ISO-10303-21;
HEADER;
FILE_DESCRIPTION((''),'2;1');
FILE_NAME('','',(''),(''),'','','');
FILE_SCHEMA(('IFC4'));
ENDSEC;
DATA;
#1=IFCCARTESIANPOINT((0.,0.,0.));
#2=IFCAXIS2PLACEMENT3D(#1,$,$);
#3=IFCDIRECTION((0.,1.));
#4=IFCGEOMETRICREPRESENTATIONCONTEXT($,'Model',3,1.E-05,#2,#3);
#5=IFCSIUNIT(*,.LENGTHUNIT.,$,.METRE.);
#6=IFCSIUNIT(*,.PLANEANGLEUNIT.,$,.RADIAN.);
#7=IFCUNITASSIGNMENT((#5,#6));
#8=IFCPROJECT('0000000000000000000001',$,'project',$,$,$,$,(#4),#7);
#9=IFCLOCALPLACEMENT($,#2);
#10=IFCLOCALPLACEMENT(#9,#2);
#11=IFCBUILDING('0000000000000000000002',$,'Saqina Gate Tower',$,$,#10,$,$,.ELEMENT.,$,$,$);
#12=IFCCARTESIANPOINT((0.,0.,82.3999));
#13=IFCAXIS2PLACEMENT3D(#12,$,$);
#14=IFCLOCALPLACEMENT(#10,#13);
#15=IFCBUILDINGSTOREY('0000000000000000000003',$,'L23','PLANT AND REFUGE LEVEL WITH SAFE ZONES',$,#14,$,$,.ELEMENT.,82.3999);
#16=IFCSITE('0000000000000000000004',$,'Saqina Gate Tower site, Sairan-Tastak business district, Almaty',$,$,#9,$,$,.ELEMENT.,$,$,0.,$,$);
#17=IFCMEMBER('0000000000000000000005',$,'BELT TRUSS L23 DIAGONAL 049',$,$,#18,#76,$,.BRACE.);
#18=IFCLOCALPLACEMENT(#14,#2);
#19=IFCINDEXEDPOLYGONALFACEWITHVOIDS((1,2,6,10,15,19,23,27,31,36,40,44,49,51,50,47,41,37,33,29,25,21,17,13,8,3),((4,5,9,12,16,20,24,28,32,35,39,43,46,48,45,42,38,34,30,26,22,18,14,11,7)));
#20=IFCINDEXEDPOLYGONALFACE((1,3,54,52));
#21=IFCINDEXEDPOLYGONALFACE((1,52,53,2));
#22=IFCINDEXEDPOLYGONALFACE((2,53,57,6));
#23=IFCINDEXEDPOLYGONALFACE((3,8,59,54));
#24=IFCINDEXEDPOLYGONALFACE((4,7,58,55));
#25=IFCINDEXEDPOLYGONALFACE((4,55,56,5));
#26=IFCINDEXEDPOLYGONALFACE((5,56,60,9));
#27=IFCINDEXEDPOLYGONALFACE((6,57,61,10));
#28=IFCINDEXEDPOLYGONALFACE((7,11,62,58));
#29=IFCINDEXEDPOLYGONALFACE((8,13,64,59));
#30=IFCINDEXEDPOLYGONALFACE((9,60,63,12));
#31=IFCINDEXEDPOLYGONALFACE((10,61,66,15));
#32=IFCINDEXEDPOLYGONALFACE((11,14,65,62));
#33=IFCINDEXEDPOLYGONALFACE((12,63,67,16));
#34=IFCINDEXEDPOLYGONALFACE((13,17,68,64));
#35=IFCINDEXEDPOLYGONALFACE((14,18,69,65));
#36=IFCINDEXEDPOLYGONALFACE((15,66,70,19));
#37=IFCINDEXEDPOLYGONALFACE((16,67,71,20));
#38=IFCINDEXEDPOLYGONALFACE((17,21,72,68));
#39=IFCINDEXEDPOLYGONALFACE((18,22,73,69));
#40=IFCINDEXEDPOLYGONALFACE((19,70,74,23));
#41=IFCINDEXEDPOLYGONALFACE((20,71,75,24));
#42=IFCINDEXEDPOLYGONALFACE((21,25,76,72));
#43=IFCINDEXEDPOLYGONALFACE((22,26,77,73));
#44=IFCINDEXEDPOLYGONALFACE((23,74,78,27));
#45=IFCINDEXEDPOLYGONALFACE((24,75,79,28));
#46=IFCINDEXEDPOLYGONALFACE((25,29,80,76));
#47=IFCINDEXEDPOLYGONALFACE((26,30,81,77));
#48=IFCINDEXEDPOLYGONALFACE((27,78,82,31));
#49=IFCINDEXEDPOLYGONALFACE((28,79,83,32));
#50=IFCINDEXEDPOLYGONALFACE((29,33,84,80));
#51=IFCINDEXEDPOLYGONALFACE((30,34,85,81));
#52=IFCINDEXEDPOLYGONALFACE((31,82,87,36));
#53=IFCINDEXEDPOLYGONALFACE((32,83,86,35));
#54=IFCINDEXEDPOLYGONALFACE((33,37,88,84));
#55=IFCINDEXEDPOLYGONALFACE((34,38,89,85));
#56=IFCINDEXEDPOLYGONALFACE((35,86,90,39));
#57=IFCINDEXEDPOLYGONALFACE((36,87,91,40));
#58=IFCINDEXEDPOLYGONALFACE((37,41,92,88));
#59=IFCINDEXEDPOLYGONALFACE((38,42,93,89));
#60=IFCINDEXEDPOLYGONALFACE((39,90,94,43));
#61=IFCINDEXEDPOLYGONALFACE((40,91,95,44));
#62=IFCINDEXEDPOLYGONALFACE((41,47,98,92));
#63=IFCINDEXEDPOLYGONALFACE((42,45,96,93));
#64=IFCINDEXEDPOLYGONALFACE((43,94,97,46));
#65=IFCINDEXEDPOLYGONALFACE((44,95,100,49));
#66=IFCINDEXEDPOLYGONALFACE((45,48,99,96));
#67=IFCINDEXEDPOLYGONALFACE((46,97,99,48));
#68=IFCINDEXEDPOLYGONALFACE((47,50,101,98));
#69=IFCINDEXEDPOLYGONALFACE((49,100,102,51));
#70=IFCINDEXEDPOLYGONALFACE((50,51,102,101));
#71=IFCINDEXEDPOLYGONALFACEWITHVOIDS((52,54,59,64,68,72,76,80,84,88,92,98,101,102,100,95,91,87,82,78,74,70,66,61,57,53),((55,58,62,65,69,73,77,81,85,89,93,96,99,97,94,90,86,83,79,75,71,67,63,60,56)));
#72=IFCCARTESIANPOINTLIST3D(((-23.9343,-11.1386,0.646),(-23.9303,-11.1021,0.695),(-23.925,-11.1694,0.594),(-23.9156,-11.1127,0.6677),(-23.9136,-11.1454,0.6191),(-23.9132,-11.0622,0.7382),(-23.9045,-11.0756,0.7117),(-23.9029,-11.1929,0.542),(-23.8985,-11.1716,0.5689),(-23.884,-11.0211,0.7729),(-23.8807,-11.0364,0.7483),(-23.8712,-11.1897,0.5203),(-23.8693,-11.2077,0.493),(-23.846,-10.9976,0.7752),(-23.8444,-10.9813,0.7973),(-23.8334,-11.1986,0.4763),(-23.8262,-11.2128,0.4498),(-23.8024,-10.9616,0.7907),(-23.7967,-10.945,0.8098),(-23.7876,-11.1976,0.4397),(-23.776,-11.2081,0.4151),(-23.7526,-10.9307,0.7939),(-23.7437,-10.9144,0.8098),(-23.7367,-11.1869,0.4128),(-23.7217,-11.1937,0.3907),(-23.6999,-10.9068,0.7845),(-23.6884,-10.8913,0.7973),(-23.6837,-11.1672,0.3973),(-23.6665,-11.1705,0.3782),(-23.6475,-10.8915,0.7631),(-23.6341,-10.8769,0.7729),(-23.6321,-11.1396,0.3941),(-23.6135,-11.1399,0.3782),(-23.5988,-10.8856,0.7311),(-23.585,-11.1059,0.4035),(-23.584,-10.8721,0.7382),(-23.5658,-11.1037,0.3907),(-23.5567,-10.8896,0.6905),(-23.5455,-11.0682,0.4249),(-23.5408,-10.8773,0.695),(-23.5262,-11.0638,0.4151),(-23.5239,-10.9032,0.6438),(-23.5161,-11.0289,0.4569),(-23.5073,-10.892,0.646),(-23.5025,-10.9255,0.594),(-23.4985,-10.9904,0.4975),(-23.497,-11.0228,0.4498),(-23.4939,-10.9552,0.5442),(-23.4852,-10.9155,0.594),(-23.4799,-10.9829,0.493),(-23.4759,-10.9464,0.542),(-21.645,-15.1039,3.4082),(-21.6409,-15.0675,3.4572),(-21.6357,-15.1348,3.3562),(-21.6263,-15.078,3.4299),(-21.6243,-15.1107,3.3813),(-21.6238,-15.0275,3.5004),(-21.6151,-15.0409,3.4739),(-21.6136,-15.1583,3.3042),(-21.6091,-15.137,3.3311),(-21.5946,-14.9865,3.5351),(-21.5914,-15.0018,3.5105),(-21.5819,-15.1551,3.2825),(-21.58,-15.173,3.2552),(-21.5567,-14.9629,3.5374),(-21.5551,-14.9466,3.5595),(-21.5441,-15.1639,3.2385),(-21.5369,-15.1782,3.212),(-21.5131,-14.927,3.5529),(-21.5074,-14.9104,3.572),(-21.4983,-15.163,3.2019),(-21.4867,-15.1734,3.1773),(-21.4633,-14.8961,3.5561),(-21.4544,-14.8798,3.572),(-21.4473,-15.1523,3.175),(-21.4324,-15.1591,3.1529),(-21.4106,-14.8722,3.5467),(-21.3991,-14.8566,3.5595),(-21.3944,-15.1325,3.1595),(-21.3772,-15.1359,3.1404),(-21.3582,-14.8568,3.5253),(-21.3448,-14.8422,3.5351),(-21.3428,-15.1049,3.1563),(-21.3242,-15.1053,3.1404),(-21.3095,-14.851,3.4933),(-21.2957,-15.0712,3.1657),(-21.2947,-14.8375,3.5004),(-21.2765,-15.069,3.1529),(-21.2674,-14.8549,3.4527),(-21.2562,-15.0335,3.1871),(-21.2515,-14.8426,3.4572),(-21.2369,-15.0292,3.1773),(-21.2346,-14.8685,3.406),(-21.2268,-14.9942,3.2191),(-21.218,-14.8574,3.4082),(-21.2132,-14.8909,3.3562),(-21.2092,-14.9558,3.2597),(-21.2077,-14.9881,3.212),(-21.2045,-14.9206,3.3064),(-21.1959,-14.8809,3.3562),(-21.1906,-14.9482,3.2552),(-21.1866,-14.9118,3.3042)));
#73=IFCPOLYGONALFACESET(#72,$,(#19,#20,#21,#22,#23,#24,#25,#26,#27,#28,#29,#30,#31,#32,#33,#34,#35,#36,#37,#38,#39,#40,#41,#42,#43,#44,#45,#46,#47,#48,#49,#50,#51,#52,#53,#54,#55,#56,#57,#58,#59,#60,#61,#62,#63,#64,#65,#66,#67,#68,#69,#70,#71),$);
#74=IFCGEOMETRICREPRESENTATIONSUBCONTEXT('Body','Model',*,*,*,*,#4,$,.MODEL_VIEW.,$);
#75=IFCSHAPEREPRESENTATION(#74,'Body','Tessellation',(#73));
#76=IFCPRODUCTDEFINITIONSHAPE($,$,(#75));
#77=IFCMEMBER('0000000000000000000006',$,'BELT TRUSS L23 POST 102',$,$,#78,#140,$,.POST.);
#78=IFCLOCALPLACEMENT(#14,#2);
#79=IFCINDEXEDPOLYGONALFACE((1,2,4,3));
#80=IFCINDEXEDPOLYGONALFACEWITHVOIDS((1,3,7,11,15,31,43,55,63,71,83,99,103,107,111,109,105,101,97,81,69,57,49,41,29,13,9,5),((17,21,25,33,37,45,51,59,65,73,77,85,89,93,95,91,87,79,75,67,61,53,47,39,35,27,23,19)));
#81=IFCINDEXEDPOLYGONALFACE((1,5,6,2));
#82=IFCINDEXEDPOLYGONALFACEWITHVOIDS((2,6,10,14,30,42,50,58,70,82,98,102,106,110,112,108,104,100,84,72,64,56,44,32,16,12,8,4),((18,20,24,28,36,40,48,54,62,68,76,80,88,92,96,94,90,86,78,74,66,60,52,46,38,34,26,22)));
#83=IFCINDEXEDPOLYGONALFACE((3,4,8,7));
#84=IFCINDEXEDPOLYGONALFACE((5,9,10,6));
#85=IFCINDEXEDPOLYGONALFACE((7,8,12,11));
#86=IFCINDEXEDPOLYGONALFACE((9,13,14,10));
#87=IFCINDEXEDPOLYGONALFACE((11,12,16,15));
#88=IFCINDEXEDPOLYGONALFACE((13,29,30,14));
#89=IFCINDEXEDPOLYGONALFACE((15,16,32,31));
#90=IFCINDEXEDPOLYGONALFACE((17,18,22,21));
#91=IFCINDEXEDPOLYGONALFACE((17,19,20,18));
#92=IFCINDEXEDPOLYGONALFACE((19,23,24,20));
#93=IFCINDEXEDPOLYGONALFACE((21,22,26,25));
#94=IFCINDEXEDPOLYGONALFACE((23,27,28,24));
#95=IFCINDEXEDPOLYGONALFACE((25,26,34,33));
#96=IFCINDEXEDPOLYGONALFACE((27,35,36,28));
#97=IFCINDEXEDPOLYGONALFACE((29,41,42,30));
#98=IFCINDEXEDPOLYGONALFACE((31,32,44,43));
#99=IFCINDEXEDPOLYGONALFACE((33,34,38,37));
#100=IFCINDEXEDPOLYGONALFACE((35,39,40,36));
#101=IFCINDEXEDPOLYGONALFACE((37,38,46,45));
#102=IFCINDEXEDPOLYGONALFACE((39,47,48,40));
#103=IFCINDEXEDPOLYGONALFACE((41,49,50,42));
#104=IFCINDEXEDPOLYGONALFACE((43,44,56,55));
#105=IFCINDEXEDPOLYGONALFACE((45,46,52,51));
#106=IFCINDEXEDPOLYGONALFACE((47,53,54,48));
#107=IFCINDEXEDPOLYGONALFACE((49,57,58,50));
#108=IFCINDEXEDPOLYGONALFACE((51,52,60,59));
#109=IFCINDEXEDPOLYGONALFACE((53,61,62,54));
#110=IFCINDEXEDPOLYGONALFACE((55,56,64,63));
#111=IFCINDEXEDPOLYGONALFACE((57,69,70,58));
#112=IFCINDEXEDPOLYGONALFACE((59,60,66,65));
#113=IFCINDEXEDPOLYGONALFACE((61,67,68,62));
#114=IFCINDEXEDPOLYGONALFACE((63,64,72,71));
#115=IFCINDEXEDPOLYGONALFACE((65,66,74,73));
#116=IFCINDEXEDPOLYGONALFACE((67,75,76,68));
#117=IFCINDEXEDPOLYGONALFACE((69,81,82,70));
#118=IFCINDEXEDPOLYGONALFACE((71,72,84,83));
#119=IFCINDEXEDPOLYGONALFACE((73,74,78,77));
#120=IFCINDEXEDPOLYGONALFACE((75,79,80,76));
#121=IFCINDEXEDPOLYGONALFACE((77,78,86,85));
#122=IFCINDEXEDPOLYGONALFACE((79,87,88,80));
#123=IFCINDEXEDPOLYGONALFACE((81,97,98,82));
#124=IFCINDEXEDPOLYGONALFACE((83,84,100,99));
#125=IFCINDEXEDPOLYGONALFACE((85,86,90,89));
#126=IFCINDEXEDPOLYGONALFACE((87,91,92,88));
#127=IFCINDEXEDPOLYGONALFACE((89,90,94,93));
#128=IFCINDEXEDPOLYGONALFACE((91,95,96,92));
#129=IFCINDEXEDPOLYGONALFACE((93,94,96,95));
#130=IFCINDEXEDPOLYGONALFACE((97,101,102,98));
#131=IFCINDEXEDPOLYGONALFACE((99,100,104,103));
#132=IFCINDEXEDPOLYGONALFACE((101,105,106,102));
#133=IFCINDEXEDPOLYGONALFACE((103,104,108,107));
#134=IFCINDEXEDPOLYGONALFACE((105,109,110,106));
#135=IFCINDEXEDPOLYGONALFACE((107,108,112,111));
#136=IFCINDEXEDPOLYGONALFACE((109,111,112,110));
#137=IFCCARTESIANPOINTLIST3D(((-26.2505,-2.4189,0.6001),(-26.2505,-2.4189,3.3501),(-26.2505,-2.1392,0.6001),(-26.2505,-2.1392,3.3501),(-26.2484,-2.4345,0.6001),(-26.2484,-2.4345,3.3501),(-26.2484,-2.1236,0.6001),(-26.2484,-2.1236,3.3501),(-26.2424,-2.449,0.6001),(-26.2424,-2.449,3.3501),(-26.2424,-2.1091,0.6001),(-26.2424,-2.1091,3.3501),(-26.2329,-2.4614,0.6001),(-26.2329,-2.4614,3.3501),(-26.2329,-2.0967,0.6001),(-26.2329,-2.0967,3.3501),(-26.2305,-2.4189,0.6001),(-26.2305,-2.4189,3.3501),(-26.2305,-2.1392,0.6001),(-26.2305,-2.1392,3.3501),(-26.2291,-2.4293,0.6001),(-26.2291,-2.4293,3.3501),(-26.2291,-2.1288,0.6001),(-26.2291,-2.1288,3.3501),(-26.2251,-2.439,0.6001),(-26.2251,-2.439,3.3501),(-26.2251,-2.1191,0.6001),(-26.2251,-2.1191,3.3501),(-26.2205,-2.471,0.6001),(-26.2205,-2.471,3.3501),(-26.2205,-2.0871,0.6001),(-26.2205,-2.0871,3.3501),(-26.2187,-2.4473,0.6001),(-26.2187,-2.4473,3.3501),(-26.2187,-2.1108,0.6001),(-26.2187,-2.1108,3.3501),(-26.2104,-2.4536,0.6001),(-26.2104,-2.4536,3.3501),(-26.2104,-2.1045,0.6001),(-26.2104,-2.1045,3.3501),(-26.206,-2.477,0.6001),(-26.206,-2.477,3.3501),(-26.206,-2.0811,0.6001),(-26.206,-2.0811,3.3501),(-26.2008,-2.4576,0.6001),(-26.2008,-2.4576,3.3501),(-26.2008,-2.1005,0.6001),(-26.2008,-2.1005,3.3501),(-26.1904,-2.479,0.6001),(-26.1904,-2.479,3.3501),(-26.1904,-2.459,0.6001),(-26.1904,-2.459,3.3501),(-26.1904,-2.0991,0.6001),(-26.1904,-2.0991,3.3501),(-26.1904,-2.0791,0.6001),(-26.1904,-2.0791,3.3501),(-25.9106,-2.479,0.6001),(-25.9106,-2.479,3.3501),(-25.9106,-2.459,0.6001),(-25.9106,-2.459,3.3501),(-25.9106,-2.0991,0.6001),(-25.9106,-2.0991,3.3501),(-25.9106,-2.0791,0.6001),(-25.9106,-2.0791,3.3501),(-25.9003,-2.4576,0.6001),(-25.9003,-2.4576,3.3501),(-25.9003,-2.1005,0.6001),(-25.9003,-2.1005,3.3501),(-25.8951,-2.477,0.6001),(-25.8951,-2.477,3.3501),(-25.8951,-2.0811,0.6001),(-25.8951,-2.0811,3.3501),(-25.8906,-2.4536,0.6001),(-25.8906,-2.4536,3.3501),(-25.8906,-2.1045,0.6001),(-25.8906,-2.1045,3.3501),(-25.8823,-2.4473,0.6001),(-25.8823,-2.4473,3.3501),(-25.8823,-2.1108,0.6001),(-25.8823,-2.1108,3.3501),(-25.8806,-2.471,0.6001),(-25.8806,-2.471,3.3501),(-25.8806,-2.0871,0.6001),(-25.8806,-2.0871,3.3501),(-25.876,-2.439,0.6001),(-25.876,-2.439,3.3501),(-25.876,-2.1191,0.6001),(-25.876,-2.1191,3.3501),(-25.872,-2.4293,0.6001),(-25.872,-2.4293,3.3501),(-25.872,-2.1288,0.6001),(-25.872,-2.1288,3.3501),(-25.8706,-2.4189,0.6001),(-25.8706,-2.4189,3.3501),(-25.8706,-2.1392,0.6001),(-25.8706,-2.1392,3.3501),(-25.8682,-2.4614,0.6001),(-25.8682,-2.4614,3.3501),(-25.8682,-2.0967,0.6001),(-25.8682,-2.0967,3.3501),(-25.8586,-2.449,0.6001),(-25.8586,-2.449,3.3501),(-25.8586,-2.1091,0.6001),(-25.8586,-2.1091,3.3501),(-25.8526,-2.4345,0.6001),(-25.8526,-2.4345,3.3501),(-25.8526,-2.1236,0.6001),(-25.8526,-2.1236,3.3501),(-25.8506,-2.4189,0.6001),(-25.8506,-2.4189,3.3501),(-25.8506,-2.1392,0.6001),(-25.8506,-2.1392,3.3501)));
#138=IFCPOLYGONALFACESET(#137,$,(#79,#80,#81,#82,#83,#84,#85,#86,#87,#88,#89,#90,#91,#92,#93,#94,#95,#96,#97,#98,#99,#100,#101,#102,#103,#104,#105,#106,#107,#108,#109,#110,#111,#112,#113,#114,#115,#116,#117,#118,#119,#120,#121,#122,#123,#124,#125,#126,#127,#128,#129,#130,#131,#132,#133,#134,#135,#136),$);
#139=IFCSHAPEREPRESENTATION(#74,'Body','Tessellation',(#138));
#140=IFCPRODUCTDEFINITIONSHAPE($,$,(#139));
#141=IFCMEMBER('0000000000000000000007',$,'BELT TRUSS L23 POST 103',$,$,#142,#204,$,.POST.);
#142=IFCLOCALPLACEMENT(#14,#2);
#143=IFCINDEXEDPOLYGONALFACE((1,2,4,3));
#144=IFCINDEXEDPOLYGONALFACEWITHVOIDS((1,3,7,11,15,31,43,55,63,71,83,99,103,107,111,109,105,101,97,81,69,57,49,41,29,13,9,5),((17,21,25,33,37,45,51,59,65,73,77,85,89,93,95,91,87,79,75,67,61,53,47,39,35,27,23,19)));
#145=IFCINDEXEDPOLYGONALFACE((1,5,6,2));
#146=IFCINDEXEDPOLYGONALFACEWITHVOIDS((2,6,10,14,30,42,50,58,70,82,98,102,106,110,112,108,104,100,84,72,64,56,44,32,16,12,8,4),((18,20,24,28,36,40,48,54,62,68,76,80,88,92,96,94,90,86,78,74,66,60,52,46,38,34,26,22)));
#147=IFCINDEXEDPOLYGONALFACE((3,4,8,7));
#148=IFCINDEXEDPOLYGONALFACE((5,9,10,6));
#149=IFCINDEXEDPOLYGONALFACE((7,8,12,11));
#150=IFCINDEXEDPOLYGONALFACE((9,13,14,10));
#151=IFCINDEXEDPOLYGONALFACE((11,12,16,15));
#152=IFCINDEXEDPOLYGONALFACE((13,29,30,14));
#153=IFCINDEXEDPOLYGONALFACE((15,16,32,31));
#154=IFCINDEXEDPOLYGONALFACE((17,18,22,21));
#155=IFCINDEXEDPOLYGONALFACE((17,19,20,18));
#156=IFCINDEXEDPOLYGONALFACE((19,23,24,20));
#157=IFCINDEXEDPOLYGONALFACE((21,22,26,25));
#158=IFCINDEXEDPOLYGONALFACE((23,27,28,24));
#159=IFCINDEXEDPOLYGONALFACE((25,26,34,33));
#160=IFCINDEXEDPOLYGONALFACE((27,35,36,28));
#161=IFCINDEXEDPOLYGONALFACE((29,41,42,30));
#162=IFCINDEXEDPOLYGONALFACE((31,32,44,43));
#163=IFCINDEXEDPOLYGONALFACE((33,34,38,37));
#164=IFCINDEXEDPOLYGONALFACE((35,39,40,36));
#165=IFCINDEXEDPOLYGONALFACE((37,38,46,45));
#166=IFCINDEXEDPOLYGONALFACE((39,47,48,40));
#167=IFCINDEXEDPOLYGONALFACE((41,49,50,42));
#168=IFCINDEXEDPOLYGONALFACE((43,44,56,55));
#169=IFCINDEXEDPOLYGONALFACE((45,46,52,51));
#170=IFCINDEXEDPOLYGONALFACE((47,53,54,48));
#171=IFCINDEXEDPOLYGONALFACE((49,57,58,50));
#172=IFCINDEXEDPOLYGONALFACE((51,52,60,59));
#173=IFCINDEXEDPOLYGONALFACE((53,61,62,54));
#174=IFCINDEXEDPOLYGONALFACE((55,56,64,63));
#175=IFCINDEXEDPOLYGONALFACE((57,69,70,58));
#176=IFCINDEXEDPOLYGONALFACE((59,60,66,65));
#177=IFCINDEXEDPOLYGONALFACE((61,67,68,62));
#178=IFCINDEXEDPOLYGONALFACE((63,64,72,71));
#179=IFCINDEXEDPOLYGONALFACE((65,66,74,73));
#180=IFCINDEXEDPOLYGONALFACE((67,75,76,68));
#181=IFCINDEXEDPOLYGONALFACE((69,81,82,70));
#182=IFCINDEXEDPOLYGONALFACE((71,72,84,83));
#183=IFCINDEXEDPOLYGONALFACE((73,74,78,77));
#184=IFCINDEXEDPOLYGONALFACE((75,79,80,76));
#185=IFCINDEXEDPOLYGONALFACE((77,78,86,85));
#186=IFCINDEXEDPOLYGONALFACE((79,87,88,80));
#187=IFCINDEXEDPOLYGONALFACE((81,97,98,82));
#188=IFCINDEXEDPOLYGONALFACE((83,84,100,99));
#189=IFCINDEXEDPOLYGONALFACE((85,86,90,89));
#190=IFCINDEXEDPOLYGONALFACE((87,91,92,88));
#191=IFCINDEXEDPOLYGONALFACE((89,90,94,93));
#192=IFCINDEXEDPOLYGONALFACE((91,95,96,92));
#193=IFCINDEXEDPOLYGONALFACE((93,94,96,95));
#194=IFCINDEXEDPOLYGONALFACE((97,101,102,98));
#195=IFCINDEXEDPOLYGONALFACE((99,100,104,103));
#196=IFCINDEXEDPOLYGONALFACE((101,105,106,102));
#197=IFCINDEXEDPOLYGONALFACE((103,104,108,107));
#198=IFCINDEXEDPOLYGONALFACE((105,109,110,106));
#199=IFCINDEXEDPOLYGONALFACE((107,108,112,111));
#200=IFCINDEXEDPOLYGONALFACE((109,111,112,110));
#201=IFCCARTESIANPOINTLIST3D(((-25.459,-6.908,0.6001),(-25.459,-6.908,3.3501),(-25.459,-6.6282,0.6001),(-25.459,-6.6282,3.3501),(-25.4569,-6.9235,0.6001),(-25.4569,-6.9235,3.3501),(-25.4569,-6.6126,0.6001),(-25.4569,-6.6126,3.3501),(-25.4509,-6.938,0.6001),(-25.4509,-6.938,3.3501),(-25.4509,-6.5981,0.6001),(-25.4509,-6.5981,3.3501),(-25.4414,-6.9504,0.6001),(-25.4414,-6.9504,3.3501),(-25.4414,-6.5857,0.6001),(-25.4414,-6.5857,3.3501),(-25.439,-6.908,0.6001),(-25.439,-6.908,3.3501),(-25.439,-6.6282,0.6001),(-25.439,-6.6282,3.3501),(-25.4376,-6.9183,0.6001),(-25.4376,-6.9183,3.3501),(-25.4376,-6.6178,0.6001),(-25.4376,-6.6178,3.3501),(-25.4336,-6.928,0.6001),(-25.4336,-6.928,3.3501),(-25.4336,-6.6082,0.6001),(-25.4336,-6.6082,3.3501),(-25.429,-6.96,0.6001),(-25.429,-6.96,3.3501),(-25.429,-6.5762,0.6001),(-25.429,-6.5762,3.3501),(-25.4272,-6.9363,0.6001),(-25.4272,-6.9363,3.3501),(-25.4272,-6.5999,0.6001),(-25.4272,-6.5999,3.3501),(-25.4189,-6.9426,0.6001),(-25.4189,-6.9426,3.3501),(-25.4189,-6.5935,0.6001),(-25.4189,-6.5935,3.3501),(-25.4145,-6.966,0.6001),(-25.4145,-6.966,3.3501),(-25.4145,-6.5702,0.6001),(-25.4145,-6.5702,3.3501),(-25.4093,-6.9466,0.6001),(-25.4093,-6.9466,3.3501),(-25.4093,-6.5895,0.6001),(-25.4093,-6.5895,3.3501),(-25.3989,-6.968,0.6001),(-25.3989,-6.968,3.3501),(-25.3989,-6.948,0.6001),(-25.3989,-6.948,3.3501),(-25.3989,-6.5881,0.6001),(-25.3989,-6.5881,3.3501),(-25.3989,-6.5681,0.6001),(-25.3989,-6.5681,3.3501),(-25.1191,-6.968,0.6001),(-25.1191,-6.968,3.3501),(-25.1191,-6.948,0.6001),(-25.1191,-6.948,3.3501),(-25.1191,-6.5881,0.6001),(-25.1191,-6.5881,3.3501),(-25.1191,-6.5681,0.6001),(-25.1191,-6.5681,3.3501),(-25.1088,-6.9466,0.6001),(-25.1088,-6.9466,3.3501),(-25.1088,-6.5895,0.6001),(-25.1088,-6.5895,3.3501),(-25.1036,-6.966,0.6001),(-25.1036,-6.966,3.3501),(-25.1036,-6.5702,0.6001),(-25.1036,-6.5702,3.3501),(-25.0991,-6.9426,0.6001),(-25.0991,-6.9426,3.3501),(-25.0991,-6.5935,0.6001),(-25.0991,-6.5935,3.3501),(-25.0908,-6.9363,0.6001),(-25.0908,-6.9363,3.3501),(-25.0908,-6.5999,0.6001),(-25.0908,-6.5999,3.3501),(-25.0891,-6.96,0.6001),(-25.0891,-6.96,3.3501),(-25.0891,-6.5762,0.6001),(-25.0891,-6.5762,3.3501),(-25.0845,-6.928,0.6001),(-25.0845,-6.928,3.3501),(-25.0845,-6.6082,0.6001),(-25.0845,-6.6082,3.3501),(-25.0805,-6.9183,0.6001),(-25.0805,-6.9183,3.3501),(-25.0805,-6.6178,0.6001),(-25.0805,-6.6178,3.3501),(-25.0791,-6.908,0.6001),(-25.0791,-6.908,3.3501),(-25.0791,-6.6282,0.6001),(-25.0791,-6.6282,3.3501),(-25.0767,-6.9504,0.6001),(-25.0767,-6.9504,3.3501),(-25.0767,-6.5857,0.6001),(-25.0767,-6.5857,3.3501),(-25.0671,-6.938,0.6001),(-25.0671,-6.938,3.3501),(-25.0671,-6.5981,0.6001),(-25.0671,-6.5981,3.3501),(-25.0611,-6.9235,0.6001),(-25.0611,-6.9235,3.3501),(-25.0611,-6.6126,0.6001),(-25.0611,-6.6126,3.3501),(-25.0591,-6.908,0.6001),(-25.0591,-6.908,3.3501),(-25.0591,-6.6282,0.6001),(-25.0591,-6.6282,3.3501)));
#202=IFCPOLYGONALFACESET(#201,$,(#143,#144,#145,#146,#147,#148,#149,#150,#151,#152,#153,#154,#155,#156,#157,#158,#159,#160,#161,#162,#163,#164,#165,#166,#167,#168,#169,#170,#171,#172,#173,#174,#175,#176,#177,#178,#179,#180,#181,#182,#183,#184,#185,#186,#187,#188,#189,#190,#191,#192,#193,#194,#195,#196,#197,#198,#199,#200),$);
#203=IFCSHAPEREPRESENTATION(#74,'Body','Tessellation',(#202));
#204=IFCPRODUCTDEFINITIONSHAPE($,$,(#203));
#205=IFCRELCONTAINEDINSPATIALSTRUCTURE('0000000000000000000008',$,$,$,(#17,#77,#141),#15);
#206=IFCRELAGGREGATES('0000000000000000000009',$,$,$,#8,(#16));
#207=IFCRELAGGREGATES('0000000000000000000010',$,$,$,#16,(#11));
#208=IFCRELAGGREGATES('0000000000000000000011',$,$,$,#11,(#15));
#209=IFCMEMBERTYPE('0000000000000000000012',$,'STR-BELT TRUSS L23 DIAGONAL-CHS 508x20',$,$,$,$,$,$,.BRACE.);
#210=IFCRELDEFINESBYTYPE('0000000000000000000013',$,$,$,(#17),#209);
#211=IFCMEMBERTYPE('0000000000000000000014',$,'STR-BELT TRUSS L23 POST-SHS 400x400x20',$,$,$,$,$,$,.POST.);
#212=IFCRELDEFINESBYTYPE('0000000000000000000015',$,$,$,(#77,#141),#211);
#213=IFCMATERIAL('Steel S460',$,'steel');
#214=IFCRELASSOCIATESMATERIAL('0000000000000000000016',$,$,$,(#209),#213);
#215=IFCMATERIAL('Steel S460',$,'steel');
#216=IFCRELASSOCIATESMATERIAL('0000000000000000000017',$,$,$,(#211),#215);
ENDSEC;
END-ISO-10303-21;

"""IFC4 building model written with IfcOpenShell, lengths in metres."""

from ifc_helpers import new_model, si_unit, direction, frame, origin, origin_2d, place, context, subcontext, project, spatial, hollow_rectangle, hollow_circle, extrude, material, material_profile, profile_set, type_object, element, save


model = new_model("IFC4")

# Units and contexts
model_context = context("Model", 3, precision=1e-05, world=origin(), true_north=direction((0.0, 1.0)))
body_context = subcontext(model_context, "Body", "Model", "MODEL_VIEW")
ifc_project = project(units=[si_unit("LENGTHUNIT", "METRE"), si_unit("PLANEANGLEUNIT", "RADIAN")], contexts=[model_context])

# Site, building, storey
site_placement = place(None, origin())
site = spatial("IfcSite", under=ifc_project, at=site_placement, Name="Saqina Gate Tower site, Sairan-Tastak business district, Almaty", CompositionType="ELEMENT", RefElevation=0.0)
building_placement = place(site_placement, origin())
building = spatial("IfcBuilding", under=site, at=building_placement, Name="Saqina Gate Tower", CompositionType="ELEMENT")
storey_placement = place(building_placement, frame((0.0, 0.0, 82.3999)))
storey = spatial("IfcBuildingStorey", under=building, at=storey_placement, Name="L23", Description="PLANT AND REFUGE LEVEL WITH SAFE ZONES", CompositionType="ELEMENT", Elevation=82.3999)

# Members
ifc_material_1 = material(Name="Steel S460", Category="steel")
ifc_material_profile_1 = material_profile(ifc_material_1, hollow_circle(Radius=0.2539, WallThickness=0.02, at=origin_2d()), Name="CHS 508x20")
ifc_profile_set_1 = profile_set([ifc_material_profile_1], Name="Steel S460")
member_type_1 = type_object("IfcMemberType", Name="STR-BELT TRUSS L23 DIAGONAL-CHS 508x20", PredefinedType="BRACE", material=ifc_profile_set_1)
for number, where, z_axis, x_axis, name in (
    (1, (-23.7051, -11.0425, 0.594), (0.428117, -0.741545, 0.516552), (0.866033, 0.499987, 0.0), "BELT TRUSS L23 DIAGONAL 049"),
):
    element("IfcMember", number, at=place(storey_placement, frame(where, z_axis=z_axis, x_axis=x_axis)), inside=storey, type_object=member_type_1, Name=name, PredefinedType="BRACE", context=body_context, shape_type="SweptSolid", body=[
        extrude(hollow_circle(Radius=0.2539, WallThickness=0.02, at=origin_2d()), origin(), (0.0, 0.0, 1.0), 5.3474),
    ])
ifc_material_2 = material(Name="Steel S460", Category="steel")
ifc_material_profile_2 = material_profile(ifc_material_2, hollow_rectangle(XDim=0.3999, YDim=0.3999, WallThickness=0.02, InnerFilletRadius=0.04, OuterFilletRadius=0.0601, at=origin_2d()), Name="SHS 400x400x20")
ifc_profile_set_2 = profile_set([ifc_material_profile_2], Name="Steel S460")
member_type_2 = type_object("IfcMemberType", Name="STR-BELT TRUSS L23 POST-SHS 400x400x20", PredefinedType="POST", material=ifc_profile_set_2)
for number, where, z_axis, x_axis, name in (
    (2, (-26.0505, -2.2791, 0.6001), (0.0, 0.0, 1.0), (1.0, 0.0, 0.0), "BELT TRUSS L23 POST 102"),
    (3, (-25.259, -6.7681, 0.6001), (0.0, 0.0, 1.0), (1.0, 0.0, 0.0), "BELT TRUSS L23 POST 103"),
):
    element("IfcMember", number, at=place(storey_placement, frame(where, z_axis=z_axis, x_axis=x_axis)), inside=storey, type_object=member_type_2, Name=name, PredefinedType="POST", context=body_context, shape_type="SweptSolid", body=[
        extrude(hollow_rectangle(XDim=0.3999, YDim=0.3999, WallThickness=0.02, InnerFilletRadius=0.04, OuterFilletRadius=0.0601, at=origin_2d()), origin(), (0.0, 0.0, 1.0), 2.75),
    ])

save(model, "model.ifc")
